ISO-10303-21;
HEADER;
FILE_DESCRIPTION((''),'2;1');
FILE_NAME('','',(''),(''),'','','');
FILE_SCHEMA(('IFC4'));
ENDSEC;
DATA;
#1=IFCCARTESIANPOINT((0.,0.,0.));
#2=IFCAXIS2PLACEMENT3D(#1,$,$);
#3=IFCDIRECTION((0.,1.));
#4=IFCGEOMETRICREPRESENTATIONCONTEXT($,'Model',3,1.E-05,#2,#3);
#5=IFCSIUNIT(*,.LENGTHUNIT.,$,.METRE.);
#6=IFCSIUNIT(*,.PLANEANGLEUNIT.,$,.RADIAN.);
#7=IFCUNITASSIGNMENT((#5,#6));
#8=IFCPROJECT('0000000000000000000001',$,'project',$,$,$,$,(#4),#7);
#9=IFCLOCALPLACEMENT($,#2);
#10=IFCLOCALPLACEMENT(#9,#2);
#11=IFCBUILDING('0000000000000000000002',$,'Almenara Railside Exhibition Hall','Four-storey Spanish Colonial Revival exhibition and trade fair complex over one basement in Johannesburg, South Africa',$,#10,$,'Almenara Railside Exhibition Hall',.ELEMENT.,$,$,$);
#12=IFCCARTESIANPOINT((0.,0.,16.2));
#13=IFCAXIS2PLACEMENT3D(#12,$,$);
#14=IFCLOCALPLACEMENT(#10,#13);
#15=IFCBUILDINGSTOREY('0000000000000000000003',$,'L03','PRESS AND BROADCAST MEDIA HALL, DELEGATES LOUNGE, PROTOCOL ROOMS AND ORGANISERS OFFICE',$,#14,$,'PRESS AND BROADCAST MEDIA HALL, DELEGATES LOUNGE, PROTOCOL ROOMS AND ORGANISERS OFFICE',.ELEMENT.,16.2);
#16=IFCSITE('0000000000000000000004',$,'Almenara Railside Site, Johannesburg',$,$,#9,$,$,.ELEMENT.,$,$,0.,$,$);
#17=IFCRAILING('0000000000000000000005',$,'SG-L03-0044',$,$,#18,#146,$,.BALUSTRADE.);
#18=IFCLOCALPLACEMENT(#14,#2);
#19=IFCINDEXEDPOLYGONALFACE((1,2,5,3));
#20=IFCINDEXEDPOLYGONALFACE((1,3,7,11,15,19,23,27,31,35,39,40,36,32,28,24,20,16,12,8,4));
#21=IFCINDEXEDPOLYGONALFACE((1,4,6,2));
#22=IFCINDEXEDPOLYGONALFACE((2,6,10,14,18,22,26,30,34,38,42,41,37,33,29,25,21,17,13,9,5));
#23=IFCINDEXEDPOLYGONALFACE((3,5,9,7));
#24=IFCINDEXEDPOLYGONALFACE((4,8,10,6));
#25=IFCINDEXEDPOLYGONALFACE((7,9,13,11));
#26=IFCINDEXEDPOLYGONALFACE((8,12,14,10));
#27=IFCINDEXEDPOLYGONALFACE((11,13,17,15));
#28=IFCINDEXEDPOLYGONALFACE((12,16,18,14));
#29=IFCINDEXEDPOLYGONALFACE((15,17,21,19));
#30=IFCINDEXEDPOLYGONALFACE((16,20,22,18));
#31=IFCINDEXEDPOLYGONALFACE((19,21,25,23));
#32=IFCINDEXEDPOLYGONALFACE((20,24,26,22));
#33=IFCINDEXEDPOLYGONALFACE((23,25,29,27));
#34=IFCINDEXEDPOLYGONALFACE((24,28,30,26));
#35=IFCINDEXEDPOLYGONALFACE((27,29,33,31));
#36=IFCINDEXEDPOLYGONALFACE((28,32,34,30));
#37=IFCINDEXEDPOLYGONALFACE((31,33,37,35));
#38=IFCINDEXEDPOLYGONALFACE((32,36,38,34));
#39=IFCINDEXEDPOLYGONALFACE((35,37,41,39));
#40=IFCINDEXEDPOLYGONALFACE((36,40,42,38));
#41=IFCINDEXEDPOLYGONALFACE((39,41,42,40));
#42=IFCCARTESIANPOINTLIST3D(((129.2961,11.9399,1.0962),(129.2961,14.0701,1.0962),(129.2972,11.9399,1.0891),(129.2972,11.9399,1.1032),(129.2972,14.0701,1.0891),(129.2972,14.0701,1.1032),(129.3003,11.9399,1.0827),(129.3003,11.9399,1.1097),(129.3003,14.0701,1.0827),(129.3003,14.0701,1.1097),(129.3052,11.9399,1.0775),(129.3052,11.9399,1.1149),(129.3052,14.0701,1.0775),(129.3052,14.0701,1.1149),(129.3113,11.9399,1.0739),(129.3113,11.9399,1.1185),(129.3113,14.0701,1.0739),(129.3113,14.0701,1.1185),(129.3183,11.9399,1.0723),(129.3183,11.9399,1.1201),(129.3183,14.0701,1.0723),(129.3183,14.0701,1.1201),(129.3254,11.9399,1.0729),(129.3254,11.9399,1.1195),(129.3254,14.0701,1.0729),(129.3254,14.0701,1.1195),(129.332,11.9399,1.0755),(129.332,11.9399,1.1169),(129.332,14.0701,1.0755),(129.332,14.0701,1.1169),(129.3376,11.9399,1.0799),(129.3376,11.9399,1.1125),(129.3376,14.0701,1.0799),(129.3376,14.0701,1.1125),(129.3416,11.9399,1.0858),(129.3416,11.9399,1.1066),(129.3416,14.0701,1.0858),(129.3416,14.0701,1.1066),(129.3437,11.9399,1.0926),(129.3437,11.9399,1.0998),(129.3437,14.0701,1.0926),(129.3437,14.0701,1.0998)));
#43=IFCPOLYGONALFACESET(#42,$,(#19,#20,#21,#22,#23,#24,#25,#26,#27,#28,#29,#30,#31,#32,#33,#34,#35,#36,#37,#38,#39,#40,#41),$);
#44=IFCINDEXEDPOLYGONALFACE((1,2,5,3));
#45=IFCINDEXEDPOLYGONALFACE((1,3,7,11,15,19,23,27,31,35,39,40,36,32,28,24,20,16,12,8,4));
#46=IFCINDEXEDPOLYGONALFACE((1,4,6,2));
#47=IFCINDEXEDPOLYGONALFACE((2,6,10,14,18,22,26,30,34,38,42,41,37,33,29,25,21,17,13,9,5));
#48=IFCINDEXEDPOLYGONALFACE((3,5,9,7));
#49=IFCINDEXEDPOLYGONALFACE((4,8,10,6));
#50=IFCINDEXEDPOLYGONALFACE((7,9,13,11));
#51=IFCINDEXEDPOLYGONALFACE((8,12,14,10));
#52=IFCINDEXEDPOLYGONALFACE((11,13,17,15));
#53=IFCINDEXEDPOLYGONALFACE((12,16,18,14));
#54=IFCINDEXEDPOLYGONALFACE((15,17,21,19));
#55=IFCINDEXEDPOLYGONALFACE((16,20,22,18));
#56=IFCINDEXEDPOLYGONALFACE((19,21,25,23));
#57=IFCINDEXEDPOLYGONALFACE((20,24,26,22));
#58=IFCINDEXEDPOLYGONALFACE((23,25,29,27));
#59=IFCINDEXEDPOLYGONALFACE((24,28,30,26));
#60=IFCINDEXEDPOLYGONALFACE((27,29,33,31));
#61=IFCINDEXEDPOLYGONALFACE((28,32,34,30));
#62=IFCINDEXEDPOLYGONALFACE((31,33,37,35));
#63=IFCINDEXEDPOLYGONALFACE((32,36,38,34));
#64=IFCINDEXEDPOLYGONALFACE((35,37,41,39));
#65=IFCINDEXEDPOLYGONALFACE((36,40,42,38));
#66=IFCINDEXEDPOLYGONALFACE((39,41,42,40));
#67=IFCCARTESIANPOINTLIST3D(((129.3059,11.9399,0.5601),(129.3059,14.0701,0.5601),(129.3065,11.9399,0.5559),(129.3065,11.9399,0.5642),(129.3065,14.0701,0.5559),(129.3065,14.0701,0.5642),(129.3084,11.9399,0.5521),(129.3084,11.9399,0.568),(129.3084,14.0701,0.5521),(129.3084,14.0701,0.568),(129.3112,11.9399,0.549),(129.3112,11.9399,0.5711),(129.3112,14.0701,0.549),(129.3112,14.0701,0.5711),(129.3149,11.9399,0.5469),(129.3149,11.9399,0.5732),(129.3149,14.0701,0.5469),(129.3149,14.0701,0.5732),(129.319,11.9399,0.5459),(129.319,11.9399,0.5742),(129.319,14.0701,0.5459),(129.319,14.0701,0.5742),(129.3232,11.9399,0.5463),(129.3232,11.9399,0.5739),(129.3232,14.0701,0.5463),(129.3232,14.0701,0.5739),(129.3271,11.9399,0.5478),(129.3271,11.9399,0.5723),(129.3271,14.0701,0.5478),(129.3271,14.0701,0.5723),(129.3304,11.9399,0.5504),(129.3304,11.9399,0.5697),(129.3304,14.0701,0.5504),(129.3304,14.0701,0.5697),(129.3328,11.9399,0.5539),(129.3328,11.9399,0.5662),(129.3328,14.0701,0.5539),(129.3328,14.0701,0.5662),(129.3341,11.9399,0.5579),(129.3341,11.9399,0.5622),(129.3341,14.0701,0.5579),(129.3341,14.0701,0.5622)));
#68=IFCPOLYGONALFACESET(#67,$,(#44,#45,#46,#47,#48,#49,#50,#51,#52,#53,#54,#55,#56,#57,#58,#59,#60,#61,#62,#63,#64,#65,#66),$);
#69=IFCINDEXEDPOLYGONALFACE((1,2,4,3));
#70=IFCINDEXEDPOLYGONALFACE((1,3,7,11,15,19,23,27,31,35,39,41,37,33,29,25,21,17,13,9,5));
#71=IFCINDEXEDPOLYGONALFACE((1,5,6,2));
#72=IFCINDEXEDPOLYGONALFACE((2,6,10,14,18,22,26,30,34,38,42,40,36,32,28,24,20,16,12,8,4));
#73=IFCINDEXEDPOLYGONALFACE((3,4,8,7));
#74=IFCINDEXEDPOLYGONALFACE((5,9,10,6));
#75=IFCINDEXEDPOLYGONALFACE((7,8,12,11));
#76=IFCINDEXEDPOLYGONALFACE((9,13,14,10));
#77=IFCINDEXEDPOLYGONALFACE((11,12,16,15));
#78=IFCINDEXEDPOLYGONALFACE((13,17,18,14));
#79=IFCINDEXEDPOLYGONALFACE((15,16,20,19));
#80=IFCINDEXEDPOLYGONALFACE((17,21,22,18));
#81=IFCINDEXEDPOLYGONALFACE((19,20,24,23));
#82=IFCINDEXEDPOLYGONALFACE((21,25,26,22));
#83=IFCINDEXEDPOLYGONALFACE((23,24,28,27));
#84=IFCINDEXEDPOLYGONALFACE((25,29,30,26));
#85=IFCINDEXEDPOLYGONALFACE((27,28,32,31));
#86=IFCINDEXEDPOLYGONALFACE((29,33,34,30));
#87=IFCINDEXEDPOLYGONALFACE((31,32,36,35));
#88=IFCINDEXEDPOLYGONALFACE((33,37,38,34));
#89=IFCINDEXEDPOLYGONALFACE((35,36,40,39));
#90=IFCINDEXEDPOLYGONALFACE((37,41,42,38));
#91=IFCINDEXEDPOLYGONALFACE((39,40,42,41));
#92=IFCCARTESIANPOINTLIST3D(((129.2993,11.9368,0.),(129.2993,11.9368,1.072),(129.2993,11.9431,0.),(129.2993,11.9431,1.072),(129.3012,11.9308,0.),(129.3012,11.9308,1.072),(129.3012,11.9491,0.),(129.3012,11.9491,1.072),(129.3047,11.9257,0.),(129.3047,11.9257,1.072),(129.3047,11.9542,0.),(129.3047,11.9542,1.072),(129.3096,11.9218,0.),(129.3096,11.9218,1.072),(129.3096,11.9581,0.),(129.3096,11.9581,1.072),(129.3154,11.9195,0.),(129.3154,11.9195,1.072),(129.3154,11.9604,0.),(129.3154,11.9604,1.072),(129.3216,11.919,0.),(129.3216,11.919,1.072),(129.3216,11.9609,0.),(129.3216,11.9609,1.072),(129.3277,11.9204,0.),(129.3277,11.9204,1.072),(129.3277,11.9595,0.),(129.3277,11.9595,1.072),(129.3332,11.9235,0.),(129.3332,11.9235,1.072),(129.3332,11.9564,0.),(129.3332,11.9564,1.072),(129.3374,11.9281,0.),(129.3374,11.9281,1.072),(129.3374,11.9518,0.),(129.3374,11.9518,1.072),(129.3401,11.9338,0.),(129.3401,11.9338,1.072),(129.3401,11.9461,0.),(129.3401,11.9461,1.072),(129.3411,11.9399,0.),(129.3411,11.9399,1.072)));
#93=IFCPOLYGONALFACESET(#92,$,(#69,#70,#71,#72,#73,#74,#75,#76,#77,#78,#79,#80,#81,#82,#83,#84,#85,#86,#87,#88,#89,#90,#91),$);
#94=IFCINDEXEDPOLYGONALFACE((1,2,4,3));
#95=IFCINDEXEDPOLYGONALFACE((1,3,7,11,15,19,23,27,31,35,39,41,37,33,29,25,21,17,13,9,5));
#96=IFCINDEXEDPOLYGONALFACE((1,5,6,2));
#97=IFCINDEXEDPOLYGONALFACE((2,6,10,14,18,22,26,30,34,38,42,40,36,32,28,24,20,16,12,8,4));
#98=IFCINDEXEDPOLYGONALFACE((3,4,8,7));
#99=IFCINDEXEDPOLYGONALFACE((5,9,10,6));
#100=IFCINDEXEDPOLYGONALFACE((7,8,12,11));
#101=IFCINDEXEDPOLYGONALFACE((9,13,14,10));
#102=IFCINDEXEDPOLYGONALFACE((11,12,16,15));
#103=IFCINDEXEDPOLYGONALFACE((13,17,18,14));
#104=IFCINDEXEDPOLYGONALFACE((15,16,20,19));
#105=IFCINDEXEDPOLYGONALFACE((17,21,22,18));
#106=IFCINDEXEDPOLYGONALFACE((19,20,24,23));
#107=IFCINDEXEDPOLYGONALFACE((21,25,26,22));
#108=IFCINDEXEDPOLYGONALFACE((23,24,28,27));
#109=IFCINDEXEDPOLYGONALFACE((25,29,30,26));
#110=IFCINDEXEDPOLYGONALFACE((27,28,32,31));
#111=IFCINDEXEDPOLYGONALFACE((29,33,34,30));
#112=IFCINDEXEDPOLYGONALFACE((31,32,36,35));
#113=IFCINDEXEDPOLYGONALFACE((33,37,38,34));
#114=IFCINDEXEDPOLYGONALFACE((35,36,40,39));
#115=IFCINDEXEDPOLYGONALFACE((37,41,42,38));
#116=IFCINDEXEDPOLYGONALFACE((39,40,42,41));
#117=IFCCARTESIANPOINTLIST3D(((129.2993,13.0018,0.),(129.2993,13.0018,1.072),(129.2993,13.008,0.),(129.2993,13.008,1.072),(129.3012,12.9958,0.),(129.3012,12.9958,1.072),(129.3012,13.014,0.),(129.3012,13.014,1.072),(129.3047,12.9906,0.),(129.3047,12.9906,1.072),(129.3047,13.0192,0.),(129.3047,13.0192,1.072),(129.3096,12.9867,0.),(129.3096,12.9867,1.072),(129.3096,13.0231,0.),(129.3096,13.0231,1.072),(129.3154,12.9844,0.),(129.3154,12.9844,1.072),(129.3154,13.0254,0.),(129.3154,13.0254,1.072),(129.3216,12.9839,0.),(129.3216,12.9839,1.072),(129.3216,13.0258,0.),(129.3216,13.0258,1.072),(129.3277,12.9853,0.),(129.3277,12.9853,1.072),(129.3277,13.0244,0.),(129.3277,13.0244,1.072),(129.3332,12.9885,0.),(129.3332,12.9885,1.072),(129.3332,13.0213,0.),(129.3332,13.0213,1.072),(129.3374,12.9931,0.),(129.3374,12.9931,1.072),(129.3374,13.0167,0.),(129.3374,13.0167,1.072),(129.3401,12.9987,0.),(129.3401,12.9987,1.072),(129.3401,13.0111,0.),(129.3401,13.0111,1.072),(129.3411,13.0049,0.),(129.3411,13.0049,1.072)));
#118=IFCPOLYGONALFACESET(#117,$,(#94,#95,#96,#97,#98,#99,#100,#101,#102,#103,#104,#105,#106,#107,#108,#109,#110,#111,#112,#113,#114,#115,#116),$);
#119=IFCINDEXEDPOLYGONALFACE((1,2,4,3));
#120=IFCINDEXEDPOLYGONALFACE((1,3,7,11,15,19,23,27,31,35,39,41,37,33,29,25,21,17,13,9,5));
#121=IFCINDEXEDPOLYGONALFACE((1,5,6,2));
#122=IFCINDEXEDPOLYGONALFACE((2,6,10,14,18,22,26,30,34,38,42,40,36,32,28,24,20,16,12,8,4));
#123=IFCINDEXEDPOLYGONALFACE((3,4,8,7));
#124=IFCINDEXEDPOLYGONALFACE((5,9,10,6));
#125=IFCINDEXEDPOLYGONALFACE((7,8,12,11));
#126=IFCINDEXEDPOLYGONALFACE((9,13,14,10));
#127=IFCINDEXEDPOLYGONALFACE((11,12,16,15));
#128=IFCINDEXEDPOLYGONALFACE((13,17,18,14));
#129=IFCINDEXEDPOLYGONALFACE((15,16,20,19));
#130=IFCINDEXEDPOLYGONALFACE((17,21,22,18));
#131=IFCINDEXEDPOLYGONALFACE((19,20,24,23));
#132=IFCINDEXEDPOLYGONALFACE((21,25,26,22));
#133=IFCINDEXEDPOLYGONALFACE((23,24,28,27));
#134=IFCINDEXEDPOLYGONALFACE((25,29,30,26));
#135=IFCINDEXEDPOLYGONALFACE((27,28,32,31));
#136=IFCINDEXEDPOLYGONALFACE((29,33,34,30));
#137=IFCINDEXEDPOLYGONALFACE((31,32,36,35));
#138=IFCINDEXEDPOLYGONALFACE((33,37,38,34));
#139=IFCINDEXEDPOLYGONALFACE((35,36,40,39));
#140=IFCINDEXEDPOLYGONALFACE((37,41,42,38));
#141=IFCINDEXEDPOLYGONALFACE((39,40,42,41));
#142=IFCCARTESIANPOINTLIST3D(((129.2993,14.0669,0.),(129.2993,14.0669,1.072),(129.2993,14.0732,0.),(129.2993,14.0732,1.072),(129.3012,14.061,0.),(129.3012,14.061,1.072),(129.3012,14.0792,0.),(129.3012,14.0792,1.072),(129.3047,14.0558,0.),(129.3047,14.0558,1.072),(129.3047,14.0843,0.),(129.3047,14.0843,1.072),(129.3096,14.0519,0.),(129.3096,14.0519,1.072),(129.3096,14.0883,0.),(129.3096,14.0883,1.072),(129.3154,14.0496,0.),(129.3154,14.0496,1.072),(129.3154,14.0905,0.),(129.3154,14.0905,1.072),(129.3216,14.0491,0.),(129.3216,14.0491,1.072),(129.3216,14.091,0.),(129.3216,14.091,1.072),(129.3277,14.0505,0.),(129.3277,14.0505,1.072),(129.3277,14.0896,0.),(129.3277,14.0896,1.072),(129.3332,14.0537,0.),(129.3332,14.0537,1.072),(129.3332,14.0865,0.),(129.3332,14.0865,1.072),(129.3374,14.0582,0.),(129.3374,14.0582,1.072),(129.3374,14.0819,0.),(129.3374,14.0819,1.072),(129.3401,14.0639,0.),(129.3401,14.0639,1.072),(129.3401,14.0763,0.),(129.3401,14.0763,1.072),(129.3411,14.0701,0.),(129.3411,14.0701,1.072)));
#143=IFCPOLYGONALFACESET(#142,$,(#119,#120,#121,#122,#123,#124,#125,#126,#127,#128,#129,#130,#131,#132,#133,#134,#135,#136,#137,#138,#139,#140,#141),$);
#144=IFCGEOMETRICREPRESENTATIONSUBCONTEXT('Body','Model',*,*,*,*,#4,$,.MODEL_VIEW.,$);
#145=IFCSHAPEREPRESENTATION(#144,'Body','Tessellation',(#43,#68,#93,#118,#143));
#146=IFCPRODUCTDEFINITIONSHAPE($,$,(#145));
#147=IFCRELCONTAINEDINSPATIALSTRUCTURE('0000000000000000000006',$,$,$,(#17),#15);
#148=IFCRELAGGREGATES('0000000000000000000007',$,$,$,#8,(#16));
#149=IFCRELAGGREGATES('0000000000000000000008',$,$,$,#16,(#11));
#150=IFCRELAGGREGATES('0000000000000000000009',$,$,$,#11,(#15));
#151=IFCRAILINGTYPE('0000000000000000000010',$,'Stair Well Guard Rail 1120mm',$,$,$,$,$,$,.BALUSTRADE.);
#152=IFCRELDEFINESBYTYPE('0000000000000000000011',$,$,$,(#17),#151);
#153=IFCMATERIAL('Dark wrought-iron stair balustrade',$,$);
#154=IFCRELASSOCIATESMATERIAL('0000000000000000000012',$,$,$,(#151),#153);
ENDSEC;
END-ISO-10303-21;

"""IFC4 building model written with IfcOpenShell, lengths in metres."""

from ifc_helpers import new_model, si_unit, direction, frame, origin, origin_2d, place, context, subcontext, project, spatial, circle, extrude, material, type_object, element, save


model = new_model("IFC4")

# Units and contexts
model_context = context("Model", 3, precision=1e-05, world=origin(), true_north=direction((0.0, 1.0)))
body_context = subcontext(model_context, "Body", "Model", "MODEL_VIEW")
ifc_project = project(units=[si_unit("LENGTHUNIT", "METRE"), si_unit("PLANEANGLEUNIT", "RADIAN")], contexts=[model_context])

# Site, building, storey
site_placement = place(None, origin())
site = spatial("IfcSite", under=ifc_project, at=site_placement, Name="Almenara Railside Site, Johannesburg", CompositionType="ELEMENT", RefElevation=0.0)
building_placement = place(site_placement, origin())
building = spatial("IfcBuilding", under=site, at=building_placement, Name="Almenara Railside Exhibition Hall", Description="Four-storey Spanish Colonial Revival exhibition and trade fair complex over one basement in Johannesburg, South Africa", LongName="Almenara Railside Exhibition Hall", CompositionType="ELEMENT")
storey_placement = place(building_placement, frame((0.0, 0.0, 16.2)))
storey = spatial("IfcBuildingStorey", under=building, at=storey_placement, Name="L03", Description="PRESS AND BROADCAST MEDIA HALL, DELEGATES LOUNGE, PROTOCOL ROOMS AND ORGANISERS OFFICE", LongName="PRESS AND BROADCAST MEDIA HALL, DELEGATES LOUNGE, PROTOCOL ROOMS AND ORGANISERS OFFICE", CompositionType="ELEMENT", Elevation=16.2)

# Railing
ifc_material_1 = material(Name="Dark wrought-iron stair balustrade")
railing_type = type_object("IfcRailingType", Name="Stair Well Guard Rail 1120mm", PredefinedType="BALUSTRADE", material=ifc_material_1)
railing_placement = place(storey_placement, frame((129.3201, 11.9399, 0.0)))
element("IfcRailing", 1, at=railing_placement, inside=storey, type_object=railing_type, Name="SG-L03-0044", PredefinedType="BALUSTRADE", context=body_context, shape_type="SweptSolid", body=[
    extrude(circle(Radius=0.0239, at=origin_2d()), frame((0.0, 0.0, 1.0962), z_axis=(0.0, 1.0, 0.0), x_axis=(-1.0, 0.0, 0.0)), (0.0, 0.0, 1.0), 2.1301),
    extrude(circle(Radius=0.0142, at=origin_2d()), frame((0.0, 0.0, 0.5601), z_axis=(0.0, 1.0, 0.0), x_axis=(-1.0, 0.0, 0.0)), (0.0, 0.0, 1.0), 2.1301),
    extrude(circle(Radius=0.021, at=origin_2d()), origin(), (0.0, 0.0, 1.0), 1.072),
    extrude(circle(Radius=0.021, at=origin_2d()), frame((0.0, 1.0649, 0.0)), (0.0, 0.0, 1.0), 1.072),
    extrude(circle(Radius=0.021, at=origin_2d()), frame((0.0, 2.1301, 0.0)), (0.0, 0.0, 1.0), 1.072),
])

save(model, "model.ifc")
